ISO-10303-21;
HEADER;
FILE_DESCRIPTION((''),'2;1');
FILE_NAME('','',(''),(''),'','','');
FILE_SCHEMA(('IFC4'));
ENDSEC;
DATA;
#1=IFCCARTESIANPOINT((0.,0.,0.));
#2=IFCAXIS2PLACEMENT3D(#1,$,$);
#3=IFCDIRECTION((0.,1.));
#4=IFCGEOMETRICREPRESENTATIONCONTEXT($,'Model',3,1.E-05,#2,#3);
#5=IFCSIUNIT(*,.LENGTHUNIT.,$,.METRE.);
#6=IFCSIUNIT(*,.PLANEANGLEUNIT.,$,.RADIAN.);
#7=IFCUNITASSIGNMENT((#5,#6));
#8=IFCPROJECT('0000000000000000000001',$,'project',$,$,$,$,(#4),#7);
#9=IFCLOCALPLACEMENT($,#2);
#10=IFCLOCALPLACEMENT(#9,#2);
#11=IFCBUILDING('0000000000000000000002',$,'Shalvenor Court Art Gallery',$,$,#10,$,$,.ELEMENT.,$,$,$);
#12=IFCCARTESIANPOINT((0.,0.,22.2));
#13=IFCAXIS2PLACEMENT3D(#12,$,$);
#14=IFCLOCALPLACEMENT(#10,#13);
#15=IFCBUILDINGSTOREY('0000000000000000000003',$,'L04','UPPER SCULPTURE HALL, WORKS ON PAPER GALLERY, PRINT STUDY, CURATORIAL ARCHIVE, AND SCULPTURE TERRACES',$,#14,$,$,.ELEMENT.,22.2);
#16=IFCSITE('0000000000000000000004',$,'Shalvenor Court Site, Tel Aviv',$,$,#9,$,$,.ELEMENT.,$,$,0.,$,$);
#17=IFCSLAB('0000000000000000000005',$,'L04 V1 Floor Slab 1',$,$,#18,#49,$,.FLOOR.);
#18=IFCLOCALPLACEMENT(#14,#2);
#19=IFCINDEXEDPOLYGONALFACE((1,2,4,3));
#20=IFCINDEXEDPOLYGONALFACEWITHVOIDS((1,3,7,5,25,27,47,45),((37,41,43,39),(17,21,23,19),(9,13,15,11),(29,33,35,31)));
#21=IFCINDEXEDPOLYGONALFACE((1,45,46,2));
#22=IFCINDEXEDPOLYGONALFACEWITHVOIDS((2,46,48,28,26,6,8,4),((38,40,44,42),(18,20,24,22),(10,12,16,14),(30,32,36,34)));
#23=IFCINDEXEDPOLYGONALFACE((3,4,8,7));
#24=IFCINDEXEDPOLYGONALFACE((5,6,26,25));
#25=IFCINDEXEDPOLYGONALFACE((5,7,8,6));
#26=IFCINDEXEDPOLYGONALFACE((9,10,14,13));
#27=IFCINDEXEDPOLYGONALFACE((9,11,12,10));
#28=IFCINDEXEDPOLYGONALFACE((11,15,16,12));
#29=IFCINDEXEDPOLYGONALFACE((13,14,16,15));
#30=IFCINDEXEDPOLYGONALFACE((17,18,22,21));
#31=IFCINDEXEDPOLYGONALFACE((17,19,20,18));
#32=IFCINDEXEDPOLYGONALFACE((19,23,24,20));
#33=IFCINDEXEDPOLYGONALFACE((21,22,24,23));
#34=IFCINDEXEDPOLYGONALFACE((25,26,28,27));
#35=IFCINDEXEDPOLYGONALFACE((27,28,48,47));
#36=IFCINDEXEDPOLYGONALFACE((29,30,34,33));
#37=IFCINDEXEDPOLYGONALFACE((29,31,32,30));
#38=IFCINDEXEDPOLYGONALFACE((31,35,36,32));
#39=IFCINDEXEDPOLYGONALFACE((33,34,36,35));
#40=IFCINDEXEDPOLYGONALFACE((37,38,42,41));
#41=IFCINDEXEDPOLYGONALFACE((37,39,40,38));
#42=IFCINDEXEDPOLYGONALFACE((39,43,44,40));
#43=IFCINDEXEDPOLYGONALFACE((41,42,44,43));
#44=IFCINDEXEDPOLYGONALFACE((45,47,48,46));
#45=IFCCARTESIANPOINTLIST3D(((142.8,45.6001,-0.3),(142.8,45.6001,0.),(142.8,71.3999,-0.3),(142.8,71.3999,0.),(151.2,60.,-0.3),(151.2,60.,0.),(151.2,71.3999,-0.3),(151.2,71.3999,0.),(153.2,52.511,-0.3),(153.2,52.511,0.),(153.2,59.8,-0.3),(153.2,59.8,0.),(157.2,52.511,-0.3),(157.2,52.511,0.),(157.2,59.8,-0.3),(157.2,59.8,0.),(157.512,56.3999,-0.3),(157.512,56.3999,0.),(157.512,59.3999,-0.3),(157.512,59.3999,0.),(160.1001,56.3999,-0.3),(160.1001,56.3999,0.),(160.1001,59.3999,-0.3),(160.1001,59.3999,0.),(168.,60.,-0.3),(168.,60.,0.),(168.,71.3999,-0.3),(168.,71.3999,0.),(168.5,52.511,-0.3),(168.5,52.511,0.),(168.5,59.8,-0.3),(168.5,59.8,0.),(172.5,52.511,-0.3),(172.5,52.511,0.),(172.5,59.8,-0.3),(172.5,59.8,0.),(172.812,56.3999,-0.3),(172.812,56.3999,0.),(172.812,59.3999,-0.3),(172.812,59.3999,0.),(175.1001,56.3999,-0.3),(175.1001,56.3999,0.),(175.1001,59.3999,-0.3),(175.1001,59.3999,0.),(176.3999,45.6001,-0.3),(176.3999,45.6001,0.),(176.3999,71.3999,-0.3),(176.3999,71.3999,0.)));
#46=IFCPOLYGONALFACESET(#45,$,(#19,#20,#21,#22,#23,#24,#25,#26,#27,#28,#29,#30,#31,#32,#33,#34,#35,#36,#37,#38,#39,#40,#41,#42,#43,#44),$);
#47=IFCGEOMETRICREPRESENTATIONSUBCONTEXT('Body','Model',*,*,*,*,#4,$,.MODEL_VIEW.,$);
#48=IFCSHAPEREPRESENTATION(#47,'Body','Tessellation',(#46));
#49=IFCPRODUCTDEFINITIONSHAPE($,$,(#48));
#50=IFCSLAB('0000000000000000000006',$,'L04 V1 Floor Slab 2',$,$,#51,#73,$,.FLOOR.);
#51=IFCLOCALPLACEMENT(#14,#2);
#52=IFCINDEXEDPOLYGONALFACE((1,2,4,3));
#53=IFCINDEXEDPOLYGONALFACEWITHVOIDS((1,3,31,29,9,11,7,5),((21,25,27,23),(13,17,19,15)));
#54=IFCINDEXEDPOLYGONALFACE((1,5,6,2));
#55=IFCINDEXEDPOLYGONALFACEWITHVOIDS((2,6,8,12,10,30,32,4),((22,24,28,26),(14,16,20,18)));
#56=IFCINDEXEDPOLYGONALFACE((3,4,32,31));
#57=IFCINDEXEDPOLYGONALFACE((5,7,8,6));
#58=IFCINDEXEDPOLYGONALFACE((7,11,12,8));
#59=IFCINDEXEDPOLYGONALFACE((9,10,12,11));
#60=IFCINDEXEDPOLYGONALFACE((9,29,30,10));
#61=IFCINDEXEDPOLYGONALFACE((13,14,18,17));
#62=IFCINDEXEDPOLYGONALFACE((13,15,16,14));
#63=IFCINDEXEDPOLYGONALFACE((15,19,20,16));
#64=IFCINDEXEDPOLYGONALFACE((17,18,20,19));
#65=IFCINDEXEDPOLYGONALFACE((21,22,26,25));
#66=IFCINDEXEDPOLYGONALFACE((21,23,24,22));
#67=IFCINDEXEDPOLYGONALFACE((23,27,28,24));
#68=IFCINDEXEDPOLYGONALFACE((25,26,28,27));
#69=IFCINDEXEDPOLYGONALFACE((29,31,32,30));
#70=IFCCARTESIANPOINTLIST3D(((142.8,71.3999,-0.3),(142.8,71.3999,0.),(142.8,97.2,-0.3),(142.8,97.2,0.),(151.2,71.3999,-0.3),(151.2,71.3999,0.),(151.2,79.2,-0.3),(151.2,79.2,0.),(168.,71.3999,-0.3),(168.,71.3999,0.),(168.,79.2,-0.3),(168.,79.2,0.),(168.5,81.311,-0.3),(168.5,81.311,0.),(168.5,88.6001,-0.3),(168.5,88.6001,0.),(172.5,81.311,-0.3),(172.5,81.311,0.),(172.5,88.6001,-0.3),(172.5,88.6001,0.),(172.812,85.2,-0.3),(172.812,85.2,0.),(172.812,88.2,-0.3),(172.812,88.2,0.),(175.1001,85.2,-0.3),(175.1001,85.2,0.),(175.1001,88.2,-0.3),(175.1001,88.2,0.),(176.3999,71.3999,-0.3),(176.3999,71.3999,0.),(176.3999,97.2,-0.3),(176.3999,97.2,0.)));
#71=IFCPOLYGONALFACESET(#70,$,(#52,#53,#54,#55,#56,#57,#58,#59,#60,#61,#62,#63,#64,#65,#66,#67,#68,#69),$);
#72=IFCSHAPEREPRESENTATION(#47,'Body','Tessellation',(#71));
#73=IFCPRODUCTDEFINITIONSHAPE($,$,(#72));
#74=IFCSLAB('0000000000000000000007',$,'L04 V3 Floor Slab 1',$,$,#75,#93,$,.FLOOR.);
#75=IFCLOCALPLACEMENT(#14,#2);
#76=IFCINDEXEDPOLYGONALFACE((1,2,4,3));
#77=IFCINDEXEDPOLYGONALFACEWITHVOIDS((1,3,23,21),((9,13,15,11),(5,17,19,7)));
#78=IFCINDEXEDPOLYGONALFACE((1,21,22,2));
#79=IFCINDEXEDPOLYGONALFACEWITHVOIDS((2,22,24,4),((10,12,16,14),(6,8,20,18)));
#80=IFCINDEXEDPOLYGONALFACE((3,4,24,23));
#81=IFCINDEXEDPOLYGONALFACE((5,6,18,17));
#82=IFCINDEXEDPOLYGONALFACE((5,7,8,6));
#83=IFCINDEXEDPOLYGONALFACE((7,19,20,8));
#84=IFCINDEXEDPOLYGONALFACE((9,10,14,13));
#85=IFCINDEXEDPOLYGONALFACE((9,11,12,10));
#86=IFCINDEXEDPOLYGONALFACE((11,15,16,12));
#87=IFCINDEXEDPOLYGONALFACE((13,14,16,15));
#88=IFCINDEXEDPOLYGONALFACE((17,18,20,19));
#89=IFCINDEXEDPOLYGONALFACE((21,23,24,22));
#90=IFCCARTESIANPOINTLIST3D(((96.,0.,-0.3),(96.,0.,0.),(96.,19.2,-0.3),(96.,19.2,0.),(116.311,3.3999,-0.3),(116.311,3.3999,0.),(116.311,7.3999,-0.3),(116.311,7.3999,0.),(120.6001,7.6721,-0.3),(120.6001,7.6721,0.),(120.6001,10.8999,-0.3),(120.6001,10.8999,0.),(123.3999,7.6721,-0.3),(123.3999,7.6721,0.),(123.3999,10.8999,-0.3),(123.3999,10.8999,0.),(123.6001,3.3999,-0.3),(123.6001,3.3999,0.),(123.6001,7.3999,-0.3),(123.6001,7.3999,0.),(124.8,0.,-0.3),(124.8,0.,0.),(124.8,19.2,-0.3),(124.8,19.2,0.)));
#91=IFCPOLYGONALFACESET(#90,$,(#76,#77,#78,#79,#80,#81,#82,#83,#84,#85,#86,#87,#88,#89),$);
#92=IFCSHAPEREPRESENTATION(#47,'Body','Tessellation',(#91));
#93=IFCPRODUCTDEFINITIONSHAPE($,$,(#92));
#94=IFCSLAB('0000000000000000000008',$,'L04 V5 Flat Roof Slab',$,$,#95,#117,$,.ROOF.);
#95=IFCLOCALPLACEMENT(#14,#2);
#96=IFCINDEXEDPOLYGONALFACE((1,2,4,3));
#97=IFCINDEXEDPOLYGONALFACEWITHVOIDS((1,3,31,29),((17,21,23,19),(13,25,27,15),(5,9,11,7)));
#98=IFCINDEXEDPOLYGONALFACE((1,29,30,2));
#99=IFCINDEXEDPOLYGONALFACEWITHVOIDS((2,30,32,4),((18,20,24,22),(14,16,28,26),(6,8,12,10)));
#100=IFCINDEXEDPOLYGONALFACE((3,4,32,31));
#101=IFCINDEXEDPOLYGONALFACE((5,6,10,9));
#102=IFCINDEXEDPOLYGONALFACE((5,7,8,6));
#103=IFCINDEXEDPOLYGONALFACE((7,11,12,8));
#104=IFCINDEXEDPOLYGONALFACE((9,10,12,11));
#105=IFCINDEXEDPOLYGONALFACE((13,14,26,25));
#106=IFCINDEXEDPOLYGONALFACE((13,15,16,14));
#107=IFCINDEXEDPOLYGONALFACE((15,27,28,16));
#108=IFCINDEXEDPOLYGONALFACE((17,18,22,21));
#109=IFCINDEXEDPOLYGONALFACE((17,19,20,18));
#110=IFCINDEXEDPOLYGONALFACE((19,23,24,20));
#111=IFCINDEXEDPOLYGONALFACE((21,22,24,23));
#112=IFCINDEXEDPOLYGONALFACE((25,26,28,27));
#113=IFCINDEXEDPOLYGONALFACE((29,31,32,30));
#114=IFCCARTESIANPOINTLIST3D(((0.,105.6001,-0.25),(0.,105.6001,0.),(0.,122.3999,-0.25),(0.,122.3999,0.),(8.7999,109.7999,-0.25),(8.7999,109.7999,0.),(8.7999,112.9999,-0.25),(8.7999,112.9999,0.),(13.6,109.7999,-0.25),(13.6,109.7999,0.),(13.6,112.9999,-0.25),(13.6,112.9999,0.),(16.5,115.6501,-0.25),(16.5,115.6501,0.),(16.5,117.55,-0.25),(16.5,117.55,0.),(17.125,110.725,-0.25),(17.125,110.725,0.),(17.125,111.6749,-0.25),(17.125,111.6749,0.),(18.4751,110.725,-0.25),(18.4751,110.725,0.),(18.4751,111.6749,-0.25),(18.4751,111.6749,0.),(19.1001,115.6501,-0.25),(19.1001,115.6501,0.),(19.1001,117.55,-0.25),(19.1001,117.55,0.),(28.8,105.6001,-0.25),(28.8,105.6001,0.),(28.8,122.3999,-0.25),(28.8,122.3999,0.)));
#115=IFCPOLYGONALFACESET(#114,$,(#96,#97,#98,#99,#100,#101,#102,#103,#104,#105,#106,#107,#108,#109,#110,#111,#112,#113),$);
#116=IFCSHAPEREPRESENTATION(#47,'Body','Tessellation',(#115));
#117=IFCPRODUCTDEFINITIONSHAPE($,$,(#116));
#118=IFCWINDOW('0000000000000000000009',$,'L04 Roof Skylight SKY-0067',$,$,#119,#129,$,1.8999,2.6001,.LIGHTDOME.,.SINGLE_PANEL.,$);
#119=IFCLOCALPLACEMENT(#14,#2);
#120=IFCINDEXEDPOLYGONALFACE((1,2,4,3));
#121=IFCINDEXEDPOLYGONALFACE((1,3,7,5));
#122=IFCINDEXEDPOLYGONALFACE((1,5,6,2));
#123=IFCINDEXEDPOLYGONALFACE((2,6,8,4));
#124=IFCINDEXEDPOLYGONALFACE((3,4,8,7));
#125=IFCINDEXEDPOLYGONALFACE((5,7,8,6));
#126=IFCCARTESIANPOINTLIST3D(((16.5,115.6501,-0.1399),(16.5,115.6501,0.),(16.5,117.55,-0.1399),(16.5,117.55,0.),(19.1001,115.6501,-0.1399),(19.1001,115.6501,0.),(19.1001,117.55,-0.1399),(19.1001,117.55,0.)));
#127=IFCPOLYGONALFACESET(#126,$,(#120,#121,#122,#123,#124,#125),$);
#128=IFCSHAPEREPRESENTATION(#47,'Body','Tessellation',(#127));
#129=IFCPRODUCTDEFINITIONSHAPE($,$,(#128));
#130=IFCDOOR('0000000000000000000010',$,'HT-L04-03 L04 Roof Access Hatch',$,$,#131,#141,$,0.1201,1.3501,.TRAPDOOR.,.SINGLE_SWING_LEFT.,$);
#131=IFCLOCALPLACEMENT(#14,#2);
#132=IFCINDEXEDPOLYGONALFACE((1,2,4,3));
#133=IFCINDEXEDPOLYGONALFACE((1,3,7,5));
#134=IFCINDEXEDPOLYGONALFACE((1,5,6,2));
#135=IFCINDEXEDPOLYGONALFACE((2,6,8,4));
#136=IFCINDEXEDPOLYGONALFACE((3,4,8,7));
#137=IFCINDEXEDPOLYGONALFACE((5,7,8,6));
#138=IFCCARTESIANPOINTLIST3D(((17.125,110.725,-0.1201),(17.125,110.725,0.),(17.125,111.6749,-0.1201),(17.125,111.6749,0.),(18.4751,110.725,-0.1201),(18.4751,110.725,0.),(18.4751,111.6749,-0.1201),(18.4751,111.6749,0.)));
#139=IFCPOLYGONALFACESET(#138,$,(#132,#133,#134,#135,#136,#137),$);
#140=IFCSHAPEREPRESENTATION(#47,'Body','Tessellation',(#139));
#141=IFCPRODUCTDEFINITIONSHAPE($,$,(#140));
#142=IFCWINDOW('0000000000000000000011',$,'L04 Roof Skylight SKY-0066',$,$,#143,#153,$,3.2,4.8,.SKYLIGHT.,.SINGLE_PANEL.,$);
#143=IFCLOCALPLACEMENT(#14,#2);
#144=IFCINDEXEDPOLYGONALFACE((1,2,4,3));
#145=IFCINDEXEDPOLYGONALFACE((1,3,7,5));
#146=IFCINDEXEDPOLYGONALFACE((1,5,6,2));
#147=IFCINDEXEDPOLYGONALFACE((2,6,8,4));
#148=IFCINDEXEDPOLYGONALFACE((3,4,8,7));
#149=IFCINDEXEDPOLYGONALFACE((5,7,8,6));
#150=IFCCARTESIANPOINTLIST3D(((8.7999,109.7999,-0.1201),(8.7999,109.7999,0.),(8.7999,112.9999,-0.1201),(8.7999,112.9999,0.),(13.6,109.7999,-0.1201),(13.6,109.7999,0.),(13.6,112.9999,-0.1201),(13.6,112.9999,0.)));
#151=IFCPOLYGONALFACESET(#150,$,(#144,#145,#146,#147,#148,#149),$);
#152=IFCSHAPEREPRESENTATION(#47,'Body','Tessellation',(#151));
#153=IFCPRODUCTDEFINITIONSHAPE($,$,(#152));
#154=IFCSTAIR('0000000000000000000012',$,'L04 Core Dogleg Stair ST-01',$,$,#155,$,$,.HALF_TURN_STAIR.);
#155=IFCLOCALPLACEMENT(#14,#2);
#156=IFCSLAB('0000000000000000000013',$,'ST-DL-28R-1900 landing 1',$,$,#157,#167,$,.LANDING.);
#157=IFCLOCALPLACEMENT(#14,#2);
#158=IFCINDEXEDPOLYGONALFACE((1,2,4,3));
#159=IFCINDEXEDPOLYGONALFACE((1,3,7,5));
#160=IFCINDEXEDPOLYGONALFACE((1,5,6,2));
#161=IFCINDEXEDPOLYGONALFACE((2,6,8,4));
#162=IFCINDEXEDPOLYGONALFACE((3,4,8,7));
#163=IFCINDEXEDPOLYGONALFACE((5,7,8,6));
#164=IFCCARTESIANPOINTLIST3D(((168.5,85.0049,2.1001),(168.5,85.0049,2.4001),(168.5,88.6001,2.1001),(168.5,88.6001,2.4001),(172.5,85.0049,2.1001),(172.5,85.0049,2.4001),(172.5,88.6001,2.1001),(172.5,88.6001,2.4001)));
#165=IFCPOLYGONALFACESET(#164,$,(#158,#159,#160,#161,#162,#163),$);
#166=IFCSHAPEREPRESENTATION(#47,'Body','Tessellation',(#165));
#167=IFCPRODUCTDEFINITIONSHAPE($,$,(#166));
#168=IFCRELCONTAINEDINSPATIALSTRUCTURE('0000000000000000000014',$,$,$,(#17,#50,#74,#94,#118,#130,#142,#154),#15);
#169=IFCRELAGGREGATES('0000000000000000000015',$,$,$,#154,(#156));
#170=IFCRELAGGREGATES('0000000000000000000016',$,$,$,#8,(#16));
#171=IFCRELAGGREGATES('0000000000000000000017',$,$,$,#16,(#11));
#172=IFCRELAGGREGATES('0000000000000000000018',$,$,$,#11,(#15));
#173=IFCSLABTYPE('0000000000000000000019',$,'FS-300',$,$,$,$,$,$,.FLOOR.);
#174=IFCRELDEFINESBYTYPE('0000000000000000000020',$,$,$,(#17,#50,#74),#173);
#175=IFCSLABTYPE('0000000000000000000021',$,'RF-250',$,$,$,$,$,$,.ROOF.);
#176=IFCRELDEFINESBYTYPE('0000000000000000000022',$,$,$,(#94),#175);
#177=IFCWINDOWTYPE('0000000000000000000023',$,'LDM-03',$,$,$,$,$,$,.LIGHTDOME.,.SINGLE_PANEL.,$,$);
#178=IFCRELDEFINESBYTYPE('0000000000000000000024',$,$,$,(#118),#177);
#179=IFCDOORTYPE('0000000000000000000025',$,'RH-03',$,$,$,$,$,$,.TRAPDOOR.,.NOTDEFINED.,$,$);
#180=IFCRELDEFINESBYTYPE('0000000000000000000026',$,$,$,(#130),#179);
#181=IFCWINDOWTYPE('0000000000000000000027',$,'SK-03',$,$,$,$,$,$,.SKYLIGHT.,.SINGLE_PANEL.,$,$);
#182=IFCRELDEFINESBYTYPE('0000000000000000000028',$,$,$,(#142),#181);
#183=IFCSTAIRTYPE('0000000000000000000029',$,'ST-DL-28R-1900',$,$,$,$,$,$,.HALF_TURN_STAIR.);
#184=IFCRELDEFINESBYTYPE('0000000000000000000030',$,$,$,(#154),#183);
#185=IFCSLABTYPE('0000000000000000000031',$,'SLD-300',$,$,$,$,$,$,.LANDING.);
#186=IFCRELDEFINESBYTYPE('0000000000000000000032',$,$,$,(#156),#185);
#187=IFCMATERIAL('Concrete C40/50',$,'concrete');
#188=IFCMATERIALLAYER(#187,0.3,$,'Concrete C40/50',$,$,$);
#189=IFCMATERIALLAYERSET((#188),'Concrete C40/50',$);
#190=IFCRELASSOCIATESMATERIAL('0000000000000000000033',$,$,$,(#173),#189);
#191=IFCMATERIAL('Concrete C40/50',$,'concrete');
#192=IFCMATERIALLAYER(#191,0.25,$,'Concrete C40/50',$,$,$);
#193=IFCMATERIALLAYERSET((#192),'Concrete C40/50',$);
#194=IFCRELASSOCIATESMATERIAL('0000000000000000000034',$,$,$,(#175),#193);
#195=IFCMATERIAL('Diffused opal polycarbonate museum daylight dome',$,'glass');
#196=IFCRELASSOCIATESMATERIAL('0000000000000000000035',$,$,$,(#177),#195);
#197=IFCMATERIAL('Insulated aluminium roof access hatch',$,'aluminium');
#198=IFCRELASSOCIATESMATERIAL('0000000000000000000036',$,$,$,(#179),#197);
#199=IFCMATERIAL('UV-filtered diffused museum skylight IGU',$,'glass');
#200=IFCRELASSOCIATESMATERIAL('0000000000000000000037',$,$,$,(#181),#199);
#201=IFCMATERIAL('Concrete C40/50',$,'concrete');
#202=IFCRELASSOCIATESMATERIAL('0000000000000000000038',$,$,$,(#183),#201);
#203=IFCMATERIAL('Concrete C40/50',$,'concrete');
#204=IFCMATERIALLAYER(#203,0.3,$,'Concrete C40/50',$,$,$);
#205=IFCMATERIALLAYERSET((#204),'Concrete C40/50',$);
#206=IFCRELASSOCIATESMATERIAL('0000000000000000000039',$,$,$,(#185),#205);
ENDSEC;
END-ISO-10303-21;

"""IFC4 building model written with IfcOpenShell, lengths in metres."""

from ifc_helpers import new_model, si_unit, direction, frame, origin, origin_2d, place, context, subcontext, project, spatial, polyline, rectangle, outline, extrude, material, layer, layer_set, type_object, element, fill, aggregate, save


model = new_model("IFC4")

# Units and contexts
model_context = context("Model", 3, precision=1e-05, world=origin(), true_north=direction((0.0, 1.0)))
body_context = subcontext(model_context, "Body", "Model", "MODEL_VIEW")
ifc_project = project(units=[si_unit("LENGTHUNIT", "METRE"), si_unit("PLANEANGLEUNIT", "RADIAN")], contexts=[model_context])

# Site, building, storey
site_placement = place(None, origin())
site = spatial("IfcSite", under=ifc_project, at=site_placement, Name="Shalvenor Court Site, Tel Aviv", CompositionType="ELEMENT", RefElevation=0.0)
building_placement = place(site_placement, origin())
building = spatial("IfcBuilding", under=site, at=building_placement, Name="Shalvenor Court Art Gallery", CompositionType="ELEMENT")
storey_placement = place(building_placement, frame((0.0, 0.0, 22.2)))
storey = spatial("IfcBuildingStorey", under=building, at=storey_placement, Name="L04", Description="UPPER SCULPTURE HALL, WORKS ON PAPER GALLERY, PRINT STUDY, CURATORIAL ARCHIVE, AND SCULPTURE TERRACES", CompositionType="ELEMENT", Elevation=22.2)

# Slabs
ifc_material_1 = material(Name="Concrete C40/50", Category="concrete")
ifc_layer_1 = layer(ifc_material_1, 0.3, Name="Concrete C40/50")
ifc_layer_set_1 = layer_set([ifc_layer_1], Name="Concrete C40/50")
slab_type_1 = type_object("IfcSlabType", Name="FS-300", PredefinedType="FLOOR", material=ifc_layer_set_1)
slab_1_placement = place(storey_placement, frame((0.0, 0.0, -0.3)))
element("IfcSlab", 1, at=slab_1_placement, inside=storey, type_object=slab_type_1, Name="L04 V1 Floor Slab 1", PredefinedType="FLOOR", context=body_context, shape_type="SweptSolid", body=[
    extrude(outline(polyline([(176.3999, 45.6001), (142.8, 45.6001), (142.8, 71.3999), (151.2, 71.3999), (151.2, 60.0), (168.0, 60.0), (168.0, 71.3999), (176.3999, 71.3999), (176.3999, 45.6001)]), holes=[polyline([(168.5, 59.8), (168.5, 52.511), (172.5, 52.511), (172.5, 59.8), (168.5, 59.8)]), polyline([(157.2, 59.8), (153.2, 59.8), (153.2, 52.511), (157.2, 52.511), (157.2, 59.8)]), polyline([(172.812, 56.3999), (175.1001, 56.3999), (175.1001, 59.3999), (172.812, 59.3999), (172.812, 56.3999)]), polyline([(157.512, 59.3999), (157.512, 56.3999), (160.1001, 56.3999), (160.1001, 59.3999), (157.512, 59.3999)])]), origin(), (0.0, 0.0, 1.0), 0.3),
])
slab_2_placement = place(storey_placement, frame((0.0, 0.0, -0.3)))
element("IfcSlab", 2, at=slab_2_placement, inside=storey, type_object=slab_type_1, Name="L04 V1 Floor Slab 2", PredefinedType="FLOOR", context=body_context, shape_type="SweptSolid", body=[
    extrude(outline(polyline([(176.3999, 71.3999), (168.0, 71.3999), (168.0, 79.2), (151.2, 79.2), (151.2, 71.3999), (142.8, 71.3999), (142.8, 97.2), (176.3999, 97.2), (176.3999, 71.3999)]), holes=[polyline([(168.5, 81.311), (172.5, 81.311), (172.5, 88.6001), (168.5, 88.6001), (168.5, 81.311)]), polyline([(175.1001, 85.2), (175.1001, 88.2), (172.812, 88.2), (172.812, 85.2), (175.1001, 85.2)])]), origin(), (0.0, 0.0, 1.0), 0.3),
])
slab_3_placement = place(storey_placement, frame((0.0, 0.0, -0.3)))
element("IfcSlab", 3, at=slab_3_placement, inside=storey, type_object=slab_type_1, Name="L04 V3 Floor Slab 1", PredefinedType="FLOOR", context=body_context, shape_type="SweptSolid", body=[
    extrude(outline(polyline([(124.8, 19.2), (124.8, 0.0), (96.0, 0.0), (96.0, 19.2), (124.8, 19.2)]), holes=[polyline([(116.311, 3.3999), (123.6001, 3.3999), (123.6001, 7.3999), (116.311, 7.3999), (116.311, 3.3999)]), polyline([(120.6001, 10.8999), (120.6001, 7.6721), (123.3999, 7.6721), (123.3999, 10.8999), (120.6001, 10.8999)])]), origin(), (0.0, 0.0, 1.0), 0.3),
])

# Slab, openings, windows, door
ifc_material_2 = material(Name="Concrete C40/50", Category="concrete")
ifc_layer_2 = layer(ifc_material_2, 0.25, Name="Concrete C40/50")
ifc_layer_set_2 = layer_set([ifc_layer_2], Name="Concrete C40/50")
slab_type_2 = type_object("IfcSlabType", Name="RF-250", PredefinedType="ROOF", material=ifc_layer_set_2)
slab_4_placement = place(storey_placement, frame((0.0, 0.0, -0.25)))
slab_4 = element("IfcSlab", 4, at=slab_4_placement, inside=storey, type_object=slab_type_2, Name="L04 V5 Flat Roof Slab", PredefinedType="ROOF", context=body_context, shape_type="SweptSolid", body=[
    extrude(outline(polyline([(28.8, 105.6001), (28.8, 122.3999), (0.0, 122.3999), (0.0, 105.6001), (28.8, 105.6001)])), origin(), (0.0, 0.0, 1.0), 0.25),
])
opening_1_placement = place(slab_4_placement, frame((17.8, 111.2, -0.01), z_axis=(0.0, 0.0, 1.0), x_axis=(1.0, 0.0, 0.0)))
opening_1 = element("IfcOpeningElement", 5, at=opening_1_placement, cuts=slab_4, PredefinedType="OPENING", context=body_context, shape_type="SweptSolid", body=[
    extrude(rectangle(XDim=1.3501, YDim=0.95, at=origin_2d()), origin(), (0.0, 0.0, 1.0), 0.27),
])
opening_2_placement = place(slab_4_placement, frame((11.2, 111.3999, -0.01), z_axis=(0.0, 0.0, 1.0), x_axis=(1.0, 0.0, 0.0)))
opening_2 = element("IfcOpeningElement", 6, at=opening_2_placement, cuts=slab_4, PredefinedType="OPENING", context=body_context, shape_type="SweptSolid", body=[
    extrude(rectangle(XDim=4.8, YDim=3.2, at=origin_2d()), origin(), (0.0, 0.0, 1.0), 0.27),
])
opening_3_placement = place(slab_4_placement, frame((17.8, 116.6001, -0.01), z_axis=(0.0, 0.0, 1.0), x_axis=(1.0, 0.0, 0.0)))
opening_3 = element("IfcOpeningElement", 7, at=opening_3_placement, cuts=slab_4, PredefinedType="OPENING", context=body_context, shape_type="SweptSolid", body=[
    extrude(rectangle(XDim=2.6001, YDim=1.8999, at=origin_2d()), origin(), (0.0, 0.0, 1.0), 0.27),
])
ifc_material_3 = material(Name="Diffused opal polycarbonate museum daylight dome", Category="glass")
window_type_1 = type_object("IfcWindowType", Name="LDM-03", PartitioningType="SINGLE_PANEL", PredefinedType="LIGHTDOME", material=ifc_material_3)
window_1_placement = place(slab_4_placement, frame((17.8, 116.6001, 0.1101), z_axis=(0.0, 0.0, 1.0), x_axis=(1.0, 0.0, 0.0)))
window_1 = element("IfcWindow", 8, at=window_1_placement, inside=storey, type_object=window_type_1, Name="L04 Roof Skylight SKY-0067", OverallHeight=1.8999, OverallWidth=2.6001, PartitioningType="SINGLE_PANEL", PredefinedType="LIGHTDOME", context=body_context, shape_type="SweptSolid", body=[
    extrude(rectangle(XDim=2.6001, YDim=1.8999, at=origin_2d()), origin(), (0.0, 0.0, 1.0), 0.1399),
])
fill(opening_3, window_1)
ifc_material_4 = material(Name="Insulated aluminium roof access hatch", Category="aluminium")
door_type = type_object("IfcDoorType", Name="RH-03", OperationType="NOTDEFINED", PredefinedType="TRAPDOOR", material=ifc_material_4)
door_placement = place(slab_4_placement, frame((17.8, 111.2, 0.1299), z_axis=(0.0, 0.0, 1.0), x_axis=(1.0, 0.0, 0.0)))
door = element("IfcDoor", 9, at=door_placement, inside=storey, type_object=door_type, Name="HT-L04-03 L04 Roof Access Hatch", OperationType="SINGLE_SWING_LEFT", OverallHeight=0.1201, OverallWidth=1.3501, PredefinedType="TRAPDOOR", context=body_context, shape_type="SweptSolid", body=[
    extrude(rectangle(XDim=1.3501, YDim=0.95, at=origin_2d()), origin(), (0.0, 0.0, 1.0), 0.1201),
])
fill(opening_1, door)
ifc_material_5 = material(Name="UV-filtered diffused museum skylight IGU", Category="glass")
window_type_2 = type_object("IfcWindowType", Name="SK-03", PartitioningType="SINGLE_PANEL", PredefinedType="SKYLIGHT", material=ifc_material_5)
window_2_placement = place(slab_4_placement, frame((11.2, 111.3999, 0.1299), z_axis=(0.0, 0.0, 1.0), x_axis=(1.0, 0.0, 0.0)))
window_2 = element("IfcWindow", 10, at=window_2_placement, inside=storey, type_object=window_type_2, Name="L04 Roof Skylight SKY-0066", OverallHeight=3.2, OverallWidth=4.8, PartitioningType="SINGLE_PANEL", PredefinedType="SKYLIGHT", context=body_context, shape_type="SweptSolid", body=[
    extrude(rectangle(XDim=4.8, YDim=3.2, at=origin_2d()), origin(), (0.0, 0.0, 1.0), 0.1201),
])
fill(opening_2, window_2)

# Stair, slab
ifc_material_6 = material(Name="Concrete C40/50", Category="concrete")
stair_type = type_object("IfcStairType", Name="ST-DL-28R-1900", PredefinedType="HALF_TURN_STAIR", material=ifc_material_6)
stair_1_placement = place(storey_placement, origin())
stair_1 = element("IfcStair", 11, at=stair_1_placement, inside=storey, type_object=stair_type, Name="L04 Core Dogleg Stair ST-01", PredefinedType="HALF_TURN_STAIR")
ifc_material_7 = material(Name="Concrete C40/50", Category="concrete")
ifc_layer_3 = layer(ifc_material_7, 0.3, Name="Concrete C40/50")
ifc_layer_set_3 = layer_set([ifc_layer_3], Name="Concrete C40/50")
slab_type_3 = type_object("IfcSlabType", Name="SLD-300", PredefinedType="LANDING", material=ifc_layer_set_3)
slab_5_placement = place(storey_placement, frame((0.0, 0.0, 2.1001)))
slab_5 = element("IfcSlab", 12, at=slab_5_placement, type_object=slab_type_3, Name="ST-DL-28R-1900 landing 1", PredefinedType="LANDING", context=body_context, shape_type="SweptSolid", body=[
    extrude(outline(polyline([(172.5, 85.0049), (172.5, 88.6001), (168.5, 88.6001), (168.5, 85.0049), (172.5, 85.0049)])), origin(), (0.0, 0.0, 1.0), 0.3),
])
aggregate(stair_1, [slab_5])

save(model, "model.ifc")
